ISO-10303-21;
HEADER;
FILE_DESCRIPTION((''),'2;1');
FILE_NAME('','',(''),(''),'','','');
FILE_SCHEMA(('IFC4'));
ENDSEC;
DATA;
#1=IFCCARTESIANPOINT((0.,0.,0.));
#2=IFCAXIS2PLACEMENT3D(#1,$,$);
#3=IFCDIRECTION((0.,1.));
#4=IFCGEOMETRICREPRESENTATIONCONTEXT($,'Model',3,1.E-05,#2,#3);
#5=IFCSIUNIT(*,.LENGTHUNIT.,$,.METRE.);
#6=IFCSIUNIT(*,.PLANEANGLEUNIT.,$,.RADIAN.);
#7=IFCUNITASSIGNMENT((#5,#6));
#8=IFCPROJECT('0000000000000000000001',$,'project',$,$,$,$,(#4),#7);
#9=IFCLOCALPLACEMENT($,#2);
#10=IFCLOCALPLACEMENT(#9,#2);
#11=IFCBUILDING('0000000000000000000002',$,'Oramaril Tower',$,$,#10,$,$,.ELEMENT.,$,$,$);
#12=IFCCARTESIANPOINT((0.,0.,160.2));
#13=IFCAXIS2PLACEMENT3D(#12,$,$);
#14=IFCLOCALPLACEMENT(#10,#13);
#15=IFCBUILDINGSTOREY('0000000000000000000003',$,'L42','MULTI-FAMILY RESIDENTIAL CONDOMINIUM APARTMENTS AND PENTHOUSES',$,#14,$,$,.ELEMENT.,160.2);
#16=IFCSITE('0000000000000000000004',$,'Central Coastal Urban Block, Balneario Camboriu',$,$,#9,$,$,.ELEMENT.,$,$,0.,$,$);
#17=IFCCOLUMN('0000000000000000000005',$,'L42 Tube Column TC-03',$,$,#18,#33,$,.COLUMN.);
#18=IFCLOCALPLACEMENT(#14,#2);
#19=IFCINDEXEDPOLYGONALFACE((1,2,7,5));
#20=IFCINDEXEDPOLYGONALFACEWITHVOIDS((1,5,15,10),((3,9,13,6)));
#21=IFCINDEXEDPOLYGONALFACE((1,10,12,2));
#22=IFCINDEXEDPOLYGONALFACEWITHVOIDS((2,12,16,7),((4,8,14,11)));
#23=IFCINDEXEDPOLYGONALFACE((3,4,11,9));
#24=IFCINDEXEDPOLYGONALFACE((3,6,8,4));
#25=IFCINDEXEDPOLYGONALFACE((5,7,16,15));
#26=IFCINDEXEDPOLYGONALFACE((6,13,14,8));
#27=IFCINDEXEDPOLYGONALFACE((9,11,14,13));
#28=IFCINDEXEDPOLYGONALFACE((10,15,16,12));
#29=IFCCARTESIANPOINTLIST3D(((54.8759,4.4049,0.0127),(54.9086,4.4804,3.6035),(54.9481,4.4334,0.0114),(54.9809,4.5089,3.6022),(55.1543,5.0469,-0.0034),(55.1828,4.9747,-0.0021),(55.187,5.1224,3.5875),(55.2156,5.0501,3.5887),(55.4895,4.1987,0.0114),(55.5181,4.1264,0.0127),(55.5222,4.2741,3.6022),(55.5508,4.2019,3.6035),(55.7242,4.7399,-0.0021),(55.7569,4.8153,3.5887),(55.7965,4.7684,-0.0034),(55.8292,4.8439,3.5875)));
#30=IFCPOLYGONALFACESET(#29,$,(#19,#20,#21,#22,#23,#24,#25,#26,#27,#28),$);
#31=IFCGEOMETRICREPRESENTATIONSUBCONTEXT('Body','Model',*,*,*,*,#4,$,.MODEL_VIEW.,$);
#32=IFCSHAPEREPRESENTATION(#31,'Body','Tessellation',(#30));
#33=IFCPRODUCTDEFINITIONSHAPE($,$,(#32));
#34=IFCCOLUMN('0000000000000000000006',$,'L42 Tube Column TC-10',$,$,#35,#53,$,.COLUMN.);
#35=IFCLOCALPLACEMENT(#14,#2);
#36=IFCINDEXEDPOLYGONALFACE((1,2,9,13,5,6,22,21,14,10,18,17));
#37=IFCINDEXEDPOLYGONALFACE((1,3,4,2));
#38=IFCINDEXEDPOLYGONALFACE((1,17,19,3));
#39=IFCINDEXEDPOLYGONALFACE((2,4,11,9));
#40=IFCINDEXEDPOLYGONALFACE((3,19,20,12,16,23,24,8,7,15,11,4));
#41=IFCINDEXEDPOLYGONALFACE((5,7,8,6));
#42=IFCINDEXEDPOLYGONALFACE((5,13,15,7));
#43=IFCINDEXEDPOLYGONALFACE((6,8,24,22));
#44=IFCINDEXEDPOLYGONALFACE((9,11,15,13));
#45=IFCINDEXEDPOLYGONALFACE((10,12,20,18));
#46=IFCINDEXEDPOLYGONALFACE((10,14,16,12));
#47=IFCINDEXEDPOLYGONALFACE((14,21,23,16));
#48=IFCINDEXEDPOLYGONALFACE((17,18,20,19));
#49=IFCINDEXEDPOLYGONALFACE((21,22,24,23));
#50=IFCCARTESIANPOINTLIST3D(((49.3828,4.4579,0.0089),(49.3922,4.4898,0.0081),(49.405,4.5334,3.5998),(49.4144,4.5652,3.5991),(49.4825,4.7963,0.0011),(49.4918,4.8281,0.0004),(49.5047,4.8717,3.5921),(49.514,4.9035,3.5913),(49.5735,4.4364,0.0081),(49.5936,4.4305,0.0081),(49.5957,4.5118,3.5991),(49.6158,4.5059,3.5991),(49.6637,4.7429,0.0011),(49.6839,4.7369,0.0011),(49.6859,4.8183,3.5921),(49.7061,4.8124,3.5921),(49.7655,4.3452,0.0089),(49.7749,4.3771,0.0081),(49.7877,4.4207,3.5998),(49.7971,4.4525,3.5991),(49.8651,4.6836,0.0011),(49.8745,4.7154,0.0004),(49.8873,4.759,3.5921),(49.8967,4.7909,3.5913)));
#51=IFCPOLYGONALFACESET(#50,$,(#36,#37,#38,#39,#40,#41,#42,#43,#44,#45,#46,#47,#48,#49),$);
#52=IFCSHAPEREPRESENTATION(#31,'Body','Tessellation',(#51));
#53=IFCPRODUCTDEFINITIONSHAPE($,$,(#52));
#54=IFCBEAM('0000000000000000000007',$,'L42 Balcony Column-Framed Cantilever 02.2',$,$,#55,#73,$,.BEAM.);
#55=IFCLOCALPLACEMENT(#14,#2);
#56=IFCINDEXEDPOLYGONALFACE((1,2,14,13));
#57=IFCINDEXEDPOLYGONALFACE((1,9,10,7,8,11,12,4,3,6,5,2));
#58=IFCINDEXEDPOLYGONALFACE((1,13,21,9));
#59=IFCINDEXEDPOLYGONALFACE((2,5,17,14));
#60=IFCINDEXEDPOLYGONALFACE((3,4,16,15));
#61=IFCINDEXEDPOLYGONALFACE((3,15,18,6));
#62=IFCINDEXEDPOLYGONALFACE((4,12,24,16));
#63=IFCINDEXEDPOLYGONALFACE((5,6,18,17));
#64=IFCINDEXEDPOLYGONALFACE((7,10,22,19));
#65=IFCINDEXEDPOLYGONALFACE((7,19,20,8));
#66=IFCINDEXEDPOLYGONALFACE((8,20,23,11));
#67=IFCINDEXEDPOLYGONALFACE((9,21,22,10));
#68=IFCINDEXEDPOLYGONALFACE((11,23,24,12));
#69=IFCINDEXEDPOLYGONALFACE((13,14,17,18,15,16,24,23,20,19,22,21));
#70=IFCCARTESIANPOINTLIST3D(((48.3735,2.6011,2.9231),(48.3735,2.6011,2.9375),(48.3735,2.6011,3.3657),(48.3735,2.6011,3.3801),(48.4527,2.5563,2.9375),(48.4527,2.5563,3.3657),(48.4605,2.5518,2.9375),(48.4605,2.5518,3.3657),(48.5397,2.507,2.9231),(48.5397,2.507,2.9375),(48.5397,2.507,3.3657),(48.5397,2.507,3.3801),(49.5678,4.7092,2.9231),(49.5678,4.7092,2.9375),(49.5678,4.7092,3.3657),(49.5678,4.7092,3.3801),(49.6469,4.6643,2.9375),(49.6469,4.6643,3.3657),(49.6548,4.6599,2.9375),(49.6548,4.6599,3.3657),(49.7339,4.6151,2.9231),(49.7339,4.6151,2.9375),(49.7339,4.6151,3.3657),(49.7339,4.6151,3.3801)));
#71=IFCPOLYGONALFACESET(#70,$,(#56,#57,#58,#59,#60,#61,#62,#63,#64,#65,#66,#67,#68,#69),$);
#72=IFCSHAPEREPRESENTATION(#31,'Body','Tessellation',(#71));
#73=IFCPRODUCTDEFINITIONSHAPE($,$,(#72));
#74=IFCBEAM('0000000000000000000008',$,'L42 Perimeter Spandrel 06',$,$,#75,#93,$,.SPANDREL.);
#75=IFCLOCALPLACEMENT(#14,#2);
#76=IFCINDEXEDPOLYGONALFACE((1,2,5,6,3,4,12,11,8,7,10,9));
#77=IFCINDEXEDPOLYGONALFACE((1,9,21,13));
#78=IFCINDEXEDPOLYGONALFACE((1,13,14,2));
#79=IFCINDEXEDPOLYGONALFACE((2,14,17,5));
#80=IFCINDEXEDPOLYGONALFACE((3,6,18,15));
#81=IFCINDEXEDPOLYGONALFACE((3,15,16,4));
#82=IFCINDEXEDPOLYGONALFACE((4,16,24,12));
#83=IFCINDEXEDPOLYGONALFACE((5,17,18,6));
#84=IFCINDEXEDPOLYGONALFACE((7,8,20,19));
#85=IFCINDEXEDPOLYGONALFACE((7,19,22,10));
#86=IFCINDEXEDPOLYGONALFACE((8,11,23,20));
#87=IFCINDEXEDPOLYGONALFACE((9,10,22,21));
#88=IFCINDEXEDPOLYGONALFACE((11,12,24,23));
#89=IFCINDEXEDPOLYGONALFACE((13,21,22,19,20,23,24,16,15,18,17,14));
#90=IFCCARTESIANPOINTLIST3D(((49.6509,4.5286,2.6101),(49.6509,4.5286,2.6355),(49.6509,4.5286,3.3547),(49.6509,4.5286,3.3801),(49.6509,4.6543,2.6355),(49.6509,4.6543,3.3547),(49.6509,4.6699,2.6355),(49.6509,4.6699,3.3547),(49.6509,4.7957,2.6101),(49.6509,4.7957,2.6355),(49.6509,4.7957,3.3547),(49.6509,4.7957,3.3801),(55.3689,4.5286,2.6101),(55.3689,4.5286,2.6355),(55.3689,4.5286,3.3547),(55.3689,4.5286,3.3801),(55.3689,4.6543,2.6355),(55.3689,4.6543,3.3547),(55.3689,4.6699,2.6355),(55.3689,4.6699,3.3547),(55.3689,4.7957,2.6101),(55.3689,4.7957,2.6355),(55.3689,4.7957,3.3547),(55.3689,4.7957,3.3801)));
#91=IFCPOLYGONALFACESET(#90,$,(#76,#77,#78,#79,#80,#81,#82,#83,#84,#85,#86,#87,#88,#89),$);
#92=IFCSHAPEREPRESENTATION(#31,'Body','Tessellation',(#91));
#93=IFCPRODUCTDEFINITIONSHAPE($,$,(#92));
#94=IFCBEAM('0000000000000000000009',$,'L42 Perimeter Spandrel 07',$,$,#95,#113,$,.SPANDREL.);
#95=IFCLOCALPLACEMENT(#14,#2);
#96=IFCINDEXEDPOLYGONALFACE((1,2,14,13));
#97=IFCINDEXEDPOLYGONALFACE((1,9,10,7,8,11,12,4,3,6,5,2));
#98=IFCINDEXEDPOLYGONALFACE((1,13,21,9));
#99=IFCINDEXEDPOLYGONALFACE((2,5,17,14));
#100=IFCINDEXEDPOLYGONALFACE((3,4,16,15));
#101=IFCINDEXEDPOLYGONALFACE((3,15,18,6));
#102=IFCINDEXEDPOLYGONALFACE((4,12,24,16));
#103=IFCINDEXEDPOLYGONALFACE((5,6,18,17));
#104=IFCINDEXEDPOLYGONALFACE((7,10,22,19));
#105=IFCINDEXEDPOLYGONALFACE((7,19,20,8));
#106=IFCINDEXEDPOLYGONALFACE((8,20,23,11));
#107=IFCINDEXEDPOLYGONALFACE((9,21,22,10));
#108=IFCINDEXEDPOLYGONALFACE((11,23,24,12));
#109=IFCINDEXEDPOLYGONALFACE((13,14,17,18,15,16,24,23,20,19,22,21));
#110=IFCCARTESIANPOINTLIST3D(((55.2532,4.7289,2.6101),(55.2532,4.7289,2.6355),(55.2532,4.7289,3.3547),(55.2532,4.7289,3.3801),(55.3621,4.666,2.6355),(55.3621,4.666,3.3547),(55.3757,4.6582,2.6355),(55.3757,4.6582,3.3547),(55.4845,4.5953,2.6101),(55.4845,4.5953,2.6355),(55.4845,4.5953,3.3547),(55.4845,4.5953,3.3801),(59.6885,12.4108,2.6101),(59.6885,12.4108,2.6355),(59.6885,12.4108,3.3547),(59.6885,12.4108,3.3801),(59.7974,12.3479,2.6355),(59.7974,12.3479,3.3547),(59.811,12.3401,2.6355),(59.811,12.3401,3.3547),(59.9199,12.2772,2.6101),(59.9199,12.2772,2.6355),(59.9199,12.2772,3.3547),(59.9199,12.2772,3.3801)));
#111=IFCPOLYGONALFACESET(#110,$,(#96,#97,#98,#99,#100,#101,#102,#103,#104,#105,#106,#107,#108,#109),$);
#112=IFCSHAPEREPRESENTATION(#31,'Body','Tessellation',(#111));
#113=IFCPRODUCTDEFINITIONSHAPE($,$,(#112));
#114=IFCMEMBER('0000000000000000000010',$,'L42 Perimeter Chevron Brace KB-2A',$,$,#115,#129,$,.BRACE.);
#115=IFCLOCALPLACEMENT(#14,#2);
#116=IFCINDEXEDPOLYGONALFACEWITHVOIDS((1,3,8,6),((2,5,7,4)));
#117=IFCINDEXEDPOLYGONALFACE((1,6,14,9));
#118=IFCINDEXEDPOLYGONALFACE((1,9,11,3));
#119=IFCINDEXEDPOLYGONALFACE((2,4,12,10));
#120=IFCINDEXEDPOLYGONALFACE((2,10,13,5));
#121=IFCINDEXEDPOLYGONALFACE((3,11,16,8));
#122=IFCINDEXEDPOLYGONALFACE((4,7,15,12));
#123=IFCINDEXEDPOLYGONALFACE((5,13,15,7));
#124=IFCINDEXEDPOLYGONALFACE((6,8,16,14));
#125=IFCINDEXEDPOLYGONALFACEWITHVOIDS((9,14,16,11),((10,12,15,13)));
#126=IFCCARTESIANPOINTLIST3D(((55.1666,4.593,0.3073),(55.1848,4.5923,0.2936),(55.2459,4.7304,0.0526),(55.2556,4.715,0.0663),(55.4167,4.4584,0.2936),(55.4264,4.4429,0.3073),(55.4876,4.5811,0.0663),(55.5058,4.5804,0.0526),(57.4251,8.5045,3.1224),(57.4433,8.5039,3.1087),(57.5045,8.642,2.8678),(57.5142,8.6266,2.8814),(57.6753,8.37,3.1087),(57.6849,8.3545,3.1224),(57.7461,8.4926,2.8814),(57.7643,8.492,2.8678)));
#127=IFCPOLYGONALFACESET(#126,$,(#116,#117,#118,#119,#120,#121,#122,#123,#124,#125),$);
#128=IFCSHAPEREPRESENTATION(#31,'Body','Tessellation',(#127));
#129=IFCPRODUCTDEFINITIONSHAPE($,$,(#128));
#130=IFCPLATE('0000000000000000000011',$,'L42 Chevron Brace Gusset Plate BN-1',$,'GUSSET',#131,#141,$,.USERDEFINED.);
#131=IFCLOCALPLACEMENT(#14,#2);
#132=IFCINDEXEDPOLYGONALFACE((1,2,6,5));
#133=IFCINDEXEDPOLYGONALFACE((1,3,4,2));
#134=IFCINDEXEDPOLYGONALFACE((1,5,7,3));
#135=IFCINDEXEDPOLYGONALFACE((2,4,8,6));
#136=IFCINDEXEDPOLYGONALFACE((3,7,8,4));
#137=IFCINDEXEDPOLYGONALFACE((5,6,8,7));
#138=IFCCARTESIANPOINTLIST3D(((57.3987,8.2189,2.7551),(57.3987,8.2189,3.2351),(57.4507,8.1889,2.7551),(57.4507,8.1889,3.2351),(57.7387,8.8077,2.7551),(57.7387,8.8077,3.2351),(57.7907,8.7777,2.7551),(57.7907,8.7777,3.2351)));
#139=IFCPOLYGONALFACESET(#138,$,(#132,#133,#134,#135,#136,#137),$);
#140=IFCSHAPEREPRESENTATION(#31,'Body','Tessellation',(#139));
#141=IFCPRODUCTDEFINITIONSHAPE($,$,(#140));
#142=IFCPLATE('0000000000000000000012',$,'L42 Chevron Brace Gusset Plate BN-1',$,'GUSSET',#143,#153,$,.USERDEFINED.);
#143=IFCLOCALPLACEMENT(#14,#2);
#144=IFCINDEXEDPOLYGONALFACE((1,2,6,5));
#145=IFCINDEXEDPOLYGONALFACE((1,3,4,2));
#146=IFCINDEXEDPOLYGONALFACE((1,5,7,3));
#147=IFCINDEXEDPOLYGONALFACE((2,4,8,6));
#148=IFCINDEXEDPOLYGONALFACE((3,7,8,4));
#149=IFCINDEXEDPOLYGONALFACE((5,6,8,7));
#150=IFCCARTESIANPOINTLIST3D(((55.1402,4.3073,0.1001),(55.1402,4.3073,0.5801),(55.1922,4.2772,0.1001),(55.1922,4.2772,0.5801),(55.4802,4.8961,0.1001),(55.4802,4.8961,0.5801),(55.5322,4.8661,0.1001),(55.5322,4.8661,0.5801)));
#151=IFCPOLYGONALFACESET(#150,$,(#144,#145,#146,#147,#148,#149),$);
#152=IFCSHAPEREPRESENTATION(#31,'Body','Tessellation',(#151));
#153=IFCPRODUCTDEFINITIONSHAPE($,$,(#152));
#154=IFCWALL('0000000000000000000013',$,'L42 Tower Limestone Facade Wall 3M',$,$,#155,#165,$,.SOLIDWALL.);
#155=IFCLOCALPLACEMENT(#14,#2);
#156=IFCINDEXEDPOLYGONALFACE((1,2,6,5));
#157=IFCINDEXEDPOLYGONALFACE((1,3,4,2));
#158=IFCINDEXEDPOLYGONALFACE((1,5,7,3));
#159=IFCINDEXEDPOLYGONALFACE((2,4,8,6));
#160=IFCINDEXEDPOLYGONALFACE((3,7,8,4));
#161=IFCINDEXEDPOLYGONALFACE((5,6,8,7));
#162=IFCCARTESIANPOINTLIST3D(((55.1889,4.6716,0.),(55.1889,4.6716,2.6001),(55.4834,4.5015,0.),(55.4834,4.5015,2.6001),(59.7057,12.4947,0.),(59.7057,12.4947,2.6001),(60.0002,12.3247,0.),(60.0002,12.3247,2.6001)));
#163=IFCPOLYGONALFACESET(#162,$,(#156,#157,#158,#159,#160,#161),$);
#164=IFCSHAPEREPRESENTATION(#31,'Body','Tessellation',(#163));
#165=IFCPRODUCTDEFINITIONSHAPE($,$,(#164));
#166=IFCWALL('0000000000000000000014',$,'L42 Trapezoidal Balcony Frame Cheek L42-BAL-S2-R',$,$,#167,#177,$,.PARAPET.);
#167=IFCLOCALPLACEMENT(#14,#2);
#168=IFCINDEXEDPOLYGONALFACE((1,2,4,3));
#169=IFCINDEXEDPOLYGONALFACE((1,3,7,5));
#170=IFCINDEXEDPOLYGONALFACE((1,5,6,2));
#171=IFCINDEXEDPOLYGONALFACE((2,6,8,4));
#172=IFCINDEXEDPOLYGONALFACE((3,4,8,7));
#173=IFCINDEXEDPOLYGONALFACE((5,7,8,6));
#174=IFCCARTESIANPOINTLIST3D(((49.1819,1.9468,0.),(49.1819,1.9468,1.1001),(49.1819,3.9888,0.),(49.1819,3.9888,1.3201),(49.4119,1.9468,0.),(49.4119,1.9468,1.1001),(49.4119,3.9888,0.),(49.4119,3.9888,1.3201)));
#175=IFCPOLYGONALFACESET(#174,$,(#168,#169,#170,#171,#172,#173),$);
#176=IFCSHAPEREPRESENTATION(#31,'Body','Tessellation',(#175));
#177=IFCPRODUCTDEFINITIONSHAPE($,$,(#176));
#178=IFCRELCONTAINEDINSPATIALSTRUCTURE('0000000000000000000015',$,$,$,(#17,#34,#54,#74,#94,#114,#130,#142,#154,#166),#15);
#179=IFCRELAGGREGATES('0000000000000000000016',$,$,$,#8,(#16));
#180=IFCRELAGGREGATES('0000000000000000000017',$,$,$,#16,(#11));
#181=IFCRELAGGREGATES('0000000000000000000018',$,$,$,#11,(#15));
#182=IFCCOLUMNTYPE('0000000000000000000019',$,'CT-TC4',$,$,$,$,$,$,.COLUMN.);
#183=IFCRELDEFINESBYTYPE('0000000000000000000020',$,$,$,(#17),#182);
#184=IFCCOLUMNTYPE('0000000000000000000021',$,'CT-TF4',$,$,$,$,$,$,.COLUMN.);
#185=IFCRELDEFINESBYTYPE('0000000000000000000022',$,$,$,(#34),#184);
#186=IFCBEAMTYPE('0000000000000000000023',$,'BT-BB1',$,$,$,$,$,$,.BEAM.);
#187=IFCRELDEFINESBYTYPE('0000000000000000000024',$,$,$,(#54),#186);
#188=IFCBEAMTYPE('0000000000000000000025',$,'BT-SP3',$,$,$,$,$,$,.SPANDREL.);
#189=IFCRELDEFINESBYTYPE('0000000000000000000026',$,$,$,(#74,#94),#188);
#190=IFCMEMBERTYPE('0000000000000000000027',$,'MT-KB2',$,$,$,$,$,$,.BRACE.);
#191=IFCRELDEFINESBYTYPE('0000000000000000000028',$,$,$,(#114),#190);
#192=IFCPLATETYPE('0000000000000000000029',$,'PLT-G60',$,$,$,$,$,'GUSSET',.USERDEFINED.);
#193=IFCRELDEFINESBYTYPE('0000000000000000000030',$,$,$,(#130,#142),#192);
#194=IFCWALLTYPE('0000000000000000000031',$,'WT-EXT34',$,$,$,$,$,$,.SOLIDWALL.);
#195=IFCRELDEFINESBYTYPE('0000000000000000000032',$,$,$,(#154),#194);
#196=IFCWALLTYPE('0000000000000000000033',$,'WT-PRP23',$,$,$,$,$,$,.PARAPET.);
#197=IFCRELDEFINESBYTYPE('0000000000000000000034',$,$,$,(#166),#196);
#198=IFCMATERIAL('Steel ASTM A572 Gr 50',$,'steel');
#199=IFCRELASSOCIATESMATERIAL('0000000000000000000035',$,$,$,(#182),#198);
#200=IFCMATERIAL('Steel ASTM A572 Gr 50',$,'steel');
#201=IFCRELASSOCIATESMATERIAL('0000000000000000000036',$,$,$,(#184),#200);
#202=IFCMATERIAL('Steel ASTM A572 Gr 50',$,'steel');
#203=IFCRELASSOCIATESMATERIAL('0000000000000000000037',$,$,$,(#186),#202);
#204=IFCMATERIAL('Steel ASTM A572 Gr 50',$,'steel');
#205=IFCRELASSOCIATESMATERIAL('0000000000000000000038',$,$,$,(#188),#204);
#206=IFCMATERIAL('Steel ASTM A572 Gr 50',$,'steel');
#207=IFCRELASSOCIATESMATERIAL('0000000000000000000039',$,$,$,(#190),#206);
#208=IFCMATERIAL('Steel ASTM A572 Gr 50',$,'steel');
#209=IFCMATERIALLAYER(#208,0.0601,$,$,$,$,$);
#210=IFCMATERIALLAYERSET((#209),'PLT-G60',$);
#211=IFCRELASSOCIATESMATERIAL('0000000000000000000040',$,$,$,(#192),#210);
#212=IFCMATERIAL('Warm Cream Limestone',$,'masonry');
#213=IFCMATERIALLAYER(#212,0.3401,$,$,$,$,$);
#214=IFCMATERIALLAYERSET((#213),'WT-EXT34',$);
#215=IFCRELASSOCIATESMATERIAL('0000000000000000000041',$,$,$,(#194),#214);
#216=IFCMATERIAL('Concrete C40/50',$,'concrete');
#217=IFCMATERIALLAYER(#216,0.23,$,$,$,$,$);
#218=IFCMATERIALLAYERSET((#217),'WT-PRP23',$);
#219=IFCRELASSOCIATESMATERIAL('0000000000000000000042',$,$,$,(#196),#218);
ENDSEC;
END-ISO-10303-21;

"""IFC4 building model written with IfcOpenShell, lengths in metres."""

from ifc_helpers import new_model, si_unit, direction, frame, frame_2d, origin, origin_2d, place, context, subcontext, project, spatial, polyline, rectangle, hollow_rectangle, i_section, outline, extrude, material, layer, layer_set, material_profile, profile_set, type_object, element, save


model = new_model("IFC4")

# Units and contexts
model_context = context("Model", 3, precision=1e-05, world=origin(), true_north=direction((0.0, 1.0)))
body_context = subcontext(model_context, "Body", "Model", "MODEL_VIEW")
ifc_project = project(units=[si_unit("LENGTHUNIT", "METRE"), si_unit("PLANEANGLEUNIT", "RADIAN")], contexts=[model_context])

# Site, building, storey
site_placement = place(None, origin())
site = spatial("IfcSite", under=ifc_project, at=site_placement, Name="Central Coastal Urban Block, Balneario Camboriu", CompositionType="ELEMENT", RefElevation=0.0)
building_placement = place(site_placement, origin())
building = spatial("IfcBuilding", under=site, at=building_placement, Name="Oramaril Tower", CompositionType="ELEMENT")
storey_placement = place(building_placement, frame((0.0, 0.0, 160.2)))
storey = spatial("IfcBuildingStorey", under=building, at=storey_placement, Name="L42", Description="MULTI-FAMILY RESIDENTIAL CONDOMINIUM APARTMENTS AND PENTHOUSES", CompositionType="ELEMENT", Elevation=160.2)

# Columns
ifc_material_1 = material(Name="Steel ASTM A572 Gr 50", Category="steel")
ifc_material_profile_1 = material_profile(ifc_material_1, hollow_rectangle(XDim=0.7, YDim=0.7, WallThickness=0.0549, at=origin_2d()), Name="BOX700X700X55")
ifc_profile_set_1 = profile_set([ifc_material_profile_1], Name="Steel ASTM A572 Gr 50")
column_type_1 = type_object("IfcColumnType", Name="CT-TC4", PredefinedType="COLUMN", material=ifc_profile_set_1)
column_1_placement = place(storey_placement, frame((55.3362, 4.5867, 0.0046), z_axis=(0.009108, 0.021003, 0.999738), x_axis=(-0.917447, 0.397857, 0.0)))
element("IfcColumn", 1, at=column_1_placement, inside=storey, type_object=column_type_1, Name="L42 Tube Column TC-03", PredefinedType="COLUMN", context=body_context, shape_type="SweptSolid", body=[
    extrude(hollow_rectangle(XDim=0.7, YDim=0.7, WallThickness=0.0549, at=origin_2d()), origin(), (0.0, 0.0, 1.0), 3.5918),
])
ifc_material_2 = material(Name="Steel ASTM A572 Gr 50", Category="steel")
ifc_material_profile_2 = material_profile(ifc_material_2, i_section(OverallWidth=0.3989, OverallDepth=0.386, WebThickness=0.021, FlangeThickness=0.0332, at=origin_2d()), Name="W14X176")
ifc_profile_set_2 = profile_set([ifc_material_profile_2], Name="Steel ASTM A572 Gr 50")
column_type_2 = type_object("IfcColumnType", Name="CT-TF4", PredefinedType="COLUMN", material=ifc_profile_set_2)
column_2_placement = place(storey_placement, frame((49.6287, 4.5867, 0.0046), z_axis=(0.006186, 0.021004, 0.99976), x_axis=(-0.959267, 0.282502, 0.0)))
element("IfcColumn", 2, at=column_2_placement, inside=storey, type_object=column_type_2, Name="L42 Tube Column TC-10", PredefinedType="COLUMN", context=body_context, shape_type="SweptSolid", body=[
    extrude(i_section(OverallWidth=0.3989, OverallDepth=0.386, WebThickness=0.021, FlangeThickness=0.0332, at=origin_2d()), origin(), (0.0, 0.0, 1.0), 3.5918),
])

# Beams
ifc_material_3 = material(Name="Steel ASTM A572 Gr 50", Category="steel")
ifc_material_profile_3 = material_profile(ifc_material_3, i_section(OverallWidth=0.1909, OverallDepth=0.457, WebThickness=0.009, FlangeThickness=0.0144, at=origin_2d()), Name="W18X50")
ifc_profile_set_3 = profile_set([ifc_material_profile_3], Name="Steel ASTM A572 Gr 50")
beam_type_1 = type_object("IfcBeamType", Name="BT-BB1", PredefinedType="BEAM", material=ifc_profile_set_3)
beam_1_placement = place(storey_placement, frame((49.6509, 4.6621, 3.1516), z_axis=(-0.492924, -0.870073, 0.0), x_axis=(0.870073, -0.492924, 0.0)))
element("IfcBeam", 3, at=beam_1_placement, inside=storey, type_object=beam_type_1, Name="L42 Balcony Column-Framed Cantilever 02.2", PredefinedType="BEAM", context=body_context, shape_type="SweptSolid", body=[
    extrude(i_section(OverallWidth=0.1909, OverallDepth=0.457, WebThickness=0.009, FlangeThickness=0.0144, at=origin_2d()), origin(), (0.0, 0.0, 1.0), 2.4229),
])
ifc_material_4 = material(Name="Steel ASTM A572 Gr 50", Category="steel")
ifc_material_profile_4 = material_profile(ifc_material_4, i_section(OverallWidth=0.2671, OverallDepth=0.77, WebThickness=0.0156, FlangeThickness=0.0254, at=origin_2d()), Name="W30X132")
ifc_profile_set_4 = profile_set([ifc_material_profile_4], Name="Steel ASTM A572 Gr 50")
beam_type_2 = type_object("IfcBeamType", Name="BT-SP3", PredefinedType="SPANDREL", material=ifc_profile_set_4)
beam_2_placement = place(storey_placement, frame((49.6509, 4.6621, 2.9951), z_axis=(1.0, 0.0, 0.0), x_axis=(0.0, 1.0, 0.0)))
element("IfcBeam", 4, at=beam_2_placement, inside=storey, type_object=beam_type_2, Name="L42 Perimeter Spandrel 06", PredefinedType="SPANDREL", context=body_context, shape_type="SweptSolid", body=[
    extrude(i_section(OverallWidth=0.2671, OverallDepth=0.77, WebThickness=0.0156, FlangeThickness=0.0254, at=origin_2d()), origin(), (0.0, 0.0, 1.0), 5.718),
])
beam_3_placement = place(storey_placement, frame((55.3689, 4.6621, 2.9951), z_axis=(0.500014, 0.866017, 0.0), x_axis=(-0.866017, 0.500014, 0.0)))
element("IfcBeam", 5, at=beam_3_placement, inside=storey, type_object=beam_type_2, Name="L42 Perimeter Spandrel 07", PredefinedType="SPANDREL", context=body_context, shape_type="SweptSolid", body=[
    extrude(i_section(OverallWidth=0.2671, OverallDepth=0.77, WebThickness=0.0156, FlangeThickness=0.0254, at=origin_2d()), origin(), (0.0, 0.0, 1.0), 8.8704),
])

# Member
ifc_material_5 = material(Name="Steel ASTM A572 Gr 50", Category="steel")
ifc_material_profile_5 = material_profile(ifc_material_5, hollow_rectangle(XDim=0.3, YDim=0.3, WallThickness=0.0161, at=origin_2d()), Name="HSS300X300X16")
ifc_profile_set_5 = profile_set([ifc_material_profile_5], Name="Steel ASTM A572 Gr 50")
member_type = type_object("IfcMemberType", Name="MT-KB2", PredefinedType="BRACE", material=ifc_profile_set_5)
member_placement = place(storey_placement, frame((55.3362, 4.5867, 0.1799), z_axis=(0.424354, 0.734947, 0.52894), x_axis=(-0.866009, 0.500028, 0.0)))
element("IfcMember", 6, at=member_placement, inside=storey, type_object=member_type, Name="L42 Perimeter Chevron Brace KB-2A", PredefinedType="BRACE", context=body_context, shape_type="SweptSolid", body=[
    extrude(hollow_rectangle(XDim=0.3, YDim=0.3, WallThickness=0.0161, at=origin_2d()), origin(), (0.0, 0.0, 1.0), 5.3223),
])

# Plates
ifc_material_6 = material(Name="Steel ASTM A572 Gr 50", Category="steel")
ifc_layer_1 = layer(ifc_material_6, 0.0601)
ifc_layer_set_1 = layer_set([ifc_layer_1], Name="PLT-G60")
plate_type = type_object("IfcPlateType", Name="PLT-G60", ElementType="GUSSET", PredefinedType="USERDEFINED", material=ifc_layer_set_1)
for number, where, z_axis, x_axis, name in (
    (7, (57.5947, 8.4983, 2.7551), (0.0, 0.0, 1.0), (0.500002, 0.866025, 0.0), "L42 Chevron Brace Gusset Plate BN-1"),
    (8, (55.3362, 4.5867, 0.1001), (0.0, 0.0, 1.0), (0.500002, 0.866025, 0.0), "L42 Chevron Brace Gusset Plate BN-1"),
):
    element("IfcPlate", number, at=place(storey_placement, frame(where, z_axis=z_axis, x_axis=x_axis)), inside=storey, type_object=plate_type, Name=name, ObjectType="GUSSET", PredefinedType="USERDEFINED", context=body_context, shape_type="SweptSolid", body=[
        extrude(rectangle(XDim=0.6799, YDim=0.0601, at=origin_2d()), origin(), (0.0, 0.0, 1.0), 0.48),
    ])

# Walls
ifc_material_7 = material(Name="Warm Cream Limestone", Category="masonry")
ifc_layer_2 = layer(ifc_material_7, 0.3401)
ifc_layer_set_2 = layer_set([ifc_layer_2], Name="WT-EXT34")
wall_type_1 = type_object("IfcWallType", Name="WT-EXT34", PredefinedType="SOLIDWALL", material=ifc_layer_set_2)
wall_1_placement = place(storey_placement, frame((55.3362, 4.5867, 0.0), z_axis=(0.0, 0.0, 1.0), x_axis=(0.500008, 0.866021, 0.0)))
element("IfcWall", 9, at=wall_1_placement, inside=storey, type_object=wall_type_1, Name="L42 Tower Limestone Facade Wall 3M", PredefinedType="SOLIDWALL", context=body_context, shape_type="SweptSolid", body=[
    extrude(rectangle(XDim=9.0334, YDim=0.3401, at=frame_2d((4.5166, 0.0))), origin(), (0.0, 0.0, 1.0), 2.6001),
])
ifc_material_8 = material(Name="Concrete C40/50", Category="concrete")
ifc_layer_3 = layer(ifc_material_8, 0.23)
ifc_layer_set_3 = layer_set([ifc_layer_3], Name="WT-PRP23")
wall_type_2 = type_object("IfcWallType", Name="WT-PRP23", PredefinedType="PARAPET", material=ifc_layer_set_3)
wall_2_placement = place(storey_placement, frame((49.2969, 3.9888, 0.0), z_axis=(0.0, 0.0, 1.0), x_axis=(0.0, -1.0, 0.0)))
element("IfcWall", 10, at=wall_2_placement, inside=storey, type_object=wall_type_2, Name="L42 Trapezoidal Balcony Frame Cheek L42-BAL-S2-R", PredefinedType="PARAPET", context=body_context, shape_type="SweptSolid", body=[
    extrude(outline(polyline([(0.0, 0.0), (2.042, 0.0), (2.042, 1.1001), (0.0, 1.3201), (0.0, 0.0)])), frame((0.0, 0.115, 0.0), z_axis=(0.0, -1.0, 0.0), x_axis=(1.0, 0.0, 0.0)), (0.0, 0.0, 1.0), 0.23),
])

save(model, "model.ifc")
